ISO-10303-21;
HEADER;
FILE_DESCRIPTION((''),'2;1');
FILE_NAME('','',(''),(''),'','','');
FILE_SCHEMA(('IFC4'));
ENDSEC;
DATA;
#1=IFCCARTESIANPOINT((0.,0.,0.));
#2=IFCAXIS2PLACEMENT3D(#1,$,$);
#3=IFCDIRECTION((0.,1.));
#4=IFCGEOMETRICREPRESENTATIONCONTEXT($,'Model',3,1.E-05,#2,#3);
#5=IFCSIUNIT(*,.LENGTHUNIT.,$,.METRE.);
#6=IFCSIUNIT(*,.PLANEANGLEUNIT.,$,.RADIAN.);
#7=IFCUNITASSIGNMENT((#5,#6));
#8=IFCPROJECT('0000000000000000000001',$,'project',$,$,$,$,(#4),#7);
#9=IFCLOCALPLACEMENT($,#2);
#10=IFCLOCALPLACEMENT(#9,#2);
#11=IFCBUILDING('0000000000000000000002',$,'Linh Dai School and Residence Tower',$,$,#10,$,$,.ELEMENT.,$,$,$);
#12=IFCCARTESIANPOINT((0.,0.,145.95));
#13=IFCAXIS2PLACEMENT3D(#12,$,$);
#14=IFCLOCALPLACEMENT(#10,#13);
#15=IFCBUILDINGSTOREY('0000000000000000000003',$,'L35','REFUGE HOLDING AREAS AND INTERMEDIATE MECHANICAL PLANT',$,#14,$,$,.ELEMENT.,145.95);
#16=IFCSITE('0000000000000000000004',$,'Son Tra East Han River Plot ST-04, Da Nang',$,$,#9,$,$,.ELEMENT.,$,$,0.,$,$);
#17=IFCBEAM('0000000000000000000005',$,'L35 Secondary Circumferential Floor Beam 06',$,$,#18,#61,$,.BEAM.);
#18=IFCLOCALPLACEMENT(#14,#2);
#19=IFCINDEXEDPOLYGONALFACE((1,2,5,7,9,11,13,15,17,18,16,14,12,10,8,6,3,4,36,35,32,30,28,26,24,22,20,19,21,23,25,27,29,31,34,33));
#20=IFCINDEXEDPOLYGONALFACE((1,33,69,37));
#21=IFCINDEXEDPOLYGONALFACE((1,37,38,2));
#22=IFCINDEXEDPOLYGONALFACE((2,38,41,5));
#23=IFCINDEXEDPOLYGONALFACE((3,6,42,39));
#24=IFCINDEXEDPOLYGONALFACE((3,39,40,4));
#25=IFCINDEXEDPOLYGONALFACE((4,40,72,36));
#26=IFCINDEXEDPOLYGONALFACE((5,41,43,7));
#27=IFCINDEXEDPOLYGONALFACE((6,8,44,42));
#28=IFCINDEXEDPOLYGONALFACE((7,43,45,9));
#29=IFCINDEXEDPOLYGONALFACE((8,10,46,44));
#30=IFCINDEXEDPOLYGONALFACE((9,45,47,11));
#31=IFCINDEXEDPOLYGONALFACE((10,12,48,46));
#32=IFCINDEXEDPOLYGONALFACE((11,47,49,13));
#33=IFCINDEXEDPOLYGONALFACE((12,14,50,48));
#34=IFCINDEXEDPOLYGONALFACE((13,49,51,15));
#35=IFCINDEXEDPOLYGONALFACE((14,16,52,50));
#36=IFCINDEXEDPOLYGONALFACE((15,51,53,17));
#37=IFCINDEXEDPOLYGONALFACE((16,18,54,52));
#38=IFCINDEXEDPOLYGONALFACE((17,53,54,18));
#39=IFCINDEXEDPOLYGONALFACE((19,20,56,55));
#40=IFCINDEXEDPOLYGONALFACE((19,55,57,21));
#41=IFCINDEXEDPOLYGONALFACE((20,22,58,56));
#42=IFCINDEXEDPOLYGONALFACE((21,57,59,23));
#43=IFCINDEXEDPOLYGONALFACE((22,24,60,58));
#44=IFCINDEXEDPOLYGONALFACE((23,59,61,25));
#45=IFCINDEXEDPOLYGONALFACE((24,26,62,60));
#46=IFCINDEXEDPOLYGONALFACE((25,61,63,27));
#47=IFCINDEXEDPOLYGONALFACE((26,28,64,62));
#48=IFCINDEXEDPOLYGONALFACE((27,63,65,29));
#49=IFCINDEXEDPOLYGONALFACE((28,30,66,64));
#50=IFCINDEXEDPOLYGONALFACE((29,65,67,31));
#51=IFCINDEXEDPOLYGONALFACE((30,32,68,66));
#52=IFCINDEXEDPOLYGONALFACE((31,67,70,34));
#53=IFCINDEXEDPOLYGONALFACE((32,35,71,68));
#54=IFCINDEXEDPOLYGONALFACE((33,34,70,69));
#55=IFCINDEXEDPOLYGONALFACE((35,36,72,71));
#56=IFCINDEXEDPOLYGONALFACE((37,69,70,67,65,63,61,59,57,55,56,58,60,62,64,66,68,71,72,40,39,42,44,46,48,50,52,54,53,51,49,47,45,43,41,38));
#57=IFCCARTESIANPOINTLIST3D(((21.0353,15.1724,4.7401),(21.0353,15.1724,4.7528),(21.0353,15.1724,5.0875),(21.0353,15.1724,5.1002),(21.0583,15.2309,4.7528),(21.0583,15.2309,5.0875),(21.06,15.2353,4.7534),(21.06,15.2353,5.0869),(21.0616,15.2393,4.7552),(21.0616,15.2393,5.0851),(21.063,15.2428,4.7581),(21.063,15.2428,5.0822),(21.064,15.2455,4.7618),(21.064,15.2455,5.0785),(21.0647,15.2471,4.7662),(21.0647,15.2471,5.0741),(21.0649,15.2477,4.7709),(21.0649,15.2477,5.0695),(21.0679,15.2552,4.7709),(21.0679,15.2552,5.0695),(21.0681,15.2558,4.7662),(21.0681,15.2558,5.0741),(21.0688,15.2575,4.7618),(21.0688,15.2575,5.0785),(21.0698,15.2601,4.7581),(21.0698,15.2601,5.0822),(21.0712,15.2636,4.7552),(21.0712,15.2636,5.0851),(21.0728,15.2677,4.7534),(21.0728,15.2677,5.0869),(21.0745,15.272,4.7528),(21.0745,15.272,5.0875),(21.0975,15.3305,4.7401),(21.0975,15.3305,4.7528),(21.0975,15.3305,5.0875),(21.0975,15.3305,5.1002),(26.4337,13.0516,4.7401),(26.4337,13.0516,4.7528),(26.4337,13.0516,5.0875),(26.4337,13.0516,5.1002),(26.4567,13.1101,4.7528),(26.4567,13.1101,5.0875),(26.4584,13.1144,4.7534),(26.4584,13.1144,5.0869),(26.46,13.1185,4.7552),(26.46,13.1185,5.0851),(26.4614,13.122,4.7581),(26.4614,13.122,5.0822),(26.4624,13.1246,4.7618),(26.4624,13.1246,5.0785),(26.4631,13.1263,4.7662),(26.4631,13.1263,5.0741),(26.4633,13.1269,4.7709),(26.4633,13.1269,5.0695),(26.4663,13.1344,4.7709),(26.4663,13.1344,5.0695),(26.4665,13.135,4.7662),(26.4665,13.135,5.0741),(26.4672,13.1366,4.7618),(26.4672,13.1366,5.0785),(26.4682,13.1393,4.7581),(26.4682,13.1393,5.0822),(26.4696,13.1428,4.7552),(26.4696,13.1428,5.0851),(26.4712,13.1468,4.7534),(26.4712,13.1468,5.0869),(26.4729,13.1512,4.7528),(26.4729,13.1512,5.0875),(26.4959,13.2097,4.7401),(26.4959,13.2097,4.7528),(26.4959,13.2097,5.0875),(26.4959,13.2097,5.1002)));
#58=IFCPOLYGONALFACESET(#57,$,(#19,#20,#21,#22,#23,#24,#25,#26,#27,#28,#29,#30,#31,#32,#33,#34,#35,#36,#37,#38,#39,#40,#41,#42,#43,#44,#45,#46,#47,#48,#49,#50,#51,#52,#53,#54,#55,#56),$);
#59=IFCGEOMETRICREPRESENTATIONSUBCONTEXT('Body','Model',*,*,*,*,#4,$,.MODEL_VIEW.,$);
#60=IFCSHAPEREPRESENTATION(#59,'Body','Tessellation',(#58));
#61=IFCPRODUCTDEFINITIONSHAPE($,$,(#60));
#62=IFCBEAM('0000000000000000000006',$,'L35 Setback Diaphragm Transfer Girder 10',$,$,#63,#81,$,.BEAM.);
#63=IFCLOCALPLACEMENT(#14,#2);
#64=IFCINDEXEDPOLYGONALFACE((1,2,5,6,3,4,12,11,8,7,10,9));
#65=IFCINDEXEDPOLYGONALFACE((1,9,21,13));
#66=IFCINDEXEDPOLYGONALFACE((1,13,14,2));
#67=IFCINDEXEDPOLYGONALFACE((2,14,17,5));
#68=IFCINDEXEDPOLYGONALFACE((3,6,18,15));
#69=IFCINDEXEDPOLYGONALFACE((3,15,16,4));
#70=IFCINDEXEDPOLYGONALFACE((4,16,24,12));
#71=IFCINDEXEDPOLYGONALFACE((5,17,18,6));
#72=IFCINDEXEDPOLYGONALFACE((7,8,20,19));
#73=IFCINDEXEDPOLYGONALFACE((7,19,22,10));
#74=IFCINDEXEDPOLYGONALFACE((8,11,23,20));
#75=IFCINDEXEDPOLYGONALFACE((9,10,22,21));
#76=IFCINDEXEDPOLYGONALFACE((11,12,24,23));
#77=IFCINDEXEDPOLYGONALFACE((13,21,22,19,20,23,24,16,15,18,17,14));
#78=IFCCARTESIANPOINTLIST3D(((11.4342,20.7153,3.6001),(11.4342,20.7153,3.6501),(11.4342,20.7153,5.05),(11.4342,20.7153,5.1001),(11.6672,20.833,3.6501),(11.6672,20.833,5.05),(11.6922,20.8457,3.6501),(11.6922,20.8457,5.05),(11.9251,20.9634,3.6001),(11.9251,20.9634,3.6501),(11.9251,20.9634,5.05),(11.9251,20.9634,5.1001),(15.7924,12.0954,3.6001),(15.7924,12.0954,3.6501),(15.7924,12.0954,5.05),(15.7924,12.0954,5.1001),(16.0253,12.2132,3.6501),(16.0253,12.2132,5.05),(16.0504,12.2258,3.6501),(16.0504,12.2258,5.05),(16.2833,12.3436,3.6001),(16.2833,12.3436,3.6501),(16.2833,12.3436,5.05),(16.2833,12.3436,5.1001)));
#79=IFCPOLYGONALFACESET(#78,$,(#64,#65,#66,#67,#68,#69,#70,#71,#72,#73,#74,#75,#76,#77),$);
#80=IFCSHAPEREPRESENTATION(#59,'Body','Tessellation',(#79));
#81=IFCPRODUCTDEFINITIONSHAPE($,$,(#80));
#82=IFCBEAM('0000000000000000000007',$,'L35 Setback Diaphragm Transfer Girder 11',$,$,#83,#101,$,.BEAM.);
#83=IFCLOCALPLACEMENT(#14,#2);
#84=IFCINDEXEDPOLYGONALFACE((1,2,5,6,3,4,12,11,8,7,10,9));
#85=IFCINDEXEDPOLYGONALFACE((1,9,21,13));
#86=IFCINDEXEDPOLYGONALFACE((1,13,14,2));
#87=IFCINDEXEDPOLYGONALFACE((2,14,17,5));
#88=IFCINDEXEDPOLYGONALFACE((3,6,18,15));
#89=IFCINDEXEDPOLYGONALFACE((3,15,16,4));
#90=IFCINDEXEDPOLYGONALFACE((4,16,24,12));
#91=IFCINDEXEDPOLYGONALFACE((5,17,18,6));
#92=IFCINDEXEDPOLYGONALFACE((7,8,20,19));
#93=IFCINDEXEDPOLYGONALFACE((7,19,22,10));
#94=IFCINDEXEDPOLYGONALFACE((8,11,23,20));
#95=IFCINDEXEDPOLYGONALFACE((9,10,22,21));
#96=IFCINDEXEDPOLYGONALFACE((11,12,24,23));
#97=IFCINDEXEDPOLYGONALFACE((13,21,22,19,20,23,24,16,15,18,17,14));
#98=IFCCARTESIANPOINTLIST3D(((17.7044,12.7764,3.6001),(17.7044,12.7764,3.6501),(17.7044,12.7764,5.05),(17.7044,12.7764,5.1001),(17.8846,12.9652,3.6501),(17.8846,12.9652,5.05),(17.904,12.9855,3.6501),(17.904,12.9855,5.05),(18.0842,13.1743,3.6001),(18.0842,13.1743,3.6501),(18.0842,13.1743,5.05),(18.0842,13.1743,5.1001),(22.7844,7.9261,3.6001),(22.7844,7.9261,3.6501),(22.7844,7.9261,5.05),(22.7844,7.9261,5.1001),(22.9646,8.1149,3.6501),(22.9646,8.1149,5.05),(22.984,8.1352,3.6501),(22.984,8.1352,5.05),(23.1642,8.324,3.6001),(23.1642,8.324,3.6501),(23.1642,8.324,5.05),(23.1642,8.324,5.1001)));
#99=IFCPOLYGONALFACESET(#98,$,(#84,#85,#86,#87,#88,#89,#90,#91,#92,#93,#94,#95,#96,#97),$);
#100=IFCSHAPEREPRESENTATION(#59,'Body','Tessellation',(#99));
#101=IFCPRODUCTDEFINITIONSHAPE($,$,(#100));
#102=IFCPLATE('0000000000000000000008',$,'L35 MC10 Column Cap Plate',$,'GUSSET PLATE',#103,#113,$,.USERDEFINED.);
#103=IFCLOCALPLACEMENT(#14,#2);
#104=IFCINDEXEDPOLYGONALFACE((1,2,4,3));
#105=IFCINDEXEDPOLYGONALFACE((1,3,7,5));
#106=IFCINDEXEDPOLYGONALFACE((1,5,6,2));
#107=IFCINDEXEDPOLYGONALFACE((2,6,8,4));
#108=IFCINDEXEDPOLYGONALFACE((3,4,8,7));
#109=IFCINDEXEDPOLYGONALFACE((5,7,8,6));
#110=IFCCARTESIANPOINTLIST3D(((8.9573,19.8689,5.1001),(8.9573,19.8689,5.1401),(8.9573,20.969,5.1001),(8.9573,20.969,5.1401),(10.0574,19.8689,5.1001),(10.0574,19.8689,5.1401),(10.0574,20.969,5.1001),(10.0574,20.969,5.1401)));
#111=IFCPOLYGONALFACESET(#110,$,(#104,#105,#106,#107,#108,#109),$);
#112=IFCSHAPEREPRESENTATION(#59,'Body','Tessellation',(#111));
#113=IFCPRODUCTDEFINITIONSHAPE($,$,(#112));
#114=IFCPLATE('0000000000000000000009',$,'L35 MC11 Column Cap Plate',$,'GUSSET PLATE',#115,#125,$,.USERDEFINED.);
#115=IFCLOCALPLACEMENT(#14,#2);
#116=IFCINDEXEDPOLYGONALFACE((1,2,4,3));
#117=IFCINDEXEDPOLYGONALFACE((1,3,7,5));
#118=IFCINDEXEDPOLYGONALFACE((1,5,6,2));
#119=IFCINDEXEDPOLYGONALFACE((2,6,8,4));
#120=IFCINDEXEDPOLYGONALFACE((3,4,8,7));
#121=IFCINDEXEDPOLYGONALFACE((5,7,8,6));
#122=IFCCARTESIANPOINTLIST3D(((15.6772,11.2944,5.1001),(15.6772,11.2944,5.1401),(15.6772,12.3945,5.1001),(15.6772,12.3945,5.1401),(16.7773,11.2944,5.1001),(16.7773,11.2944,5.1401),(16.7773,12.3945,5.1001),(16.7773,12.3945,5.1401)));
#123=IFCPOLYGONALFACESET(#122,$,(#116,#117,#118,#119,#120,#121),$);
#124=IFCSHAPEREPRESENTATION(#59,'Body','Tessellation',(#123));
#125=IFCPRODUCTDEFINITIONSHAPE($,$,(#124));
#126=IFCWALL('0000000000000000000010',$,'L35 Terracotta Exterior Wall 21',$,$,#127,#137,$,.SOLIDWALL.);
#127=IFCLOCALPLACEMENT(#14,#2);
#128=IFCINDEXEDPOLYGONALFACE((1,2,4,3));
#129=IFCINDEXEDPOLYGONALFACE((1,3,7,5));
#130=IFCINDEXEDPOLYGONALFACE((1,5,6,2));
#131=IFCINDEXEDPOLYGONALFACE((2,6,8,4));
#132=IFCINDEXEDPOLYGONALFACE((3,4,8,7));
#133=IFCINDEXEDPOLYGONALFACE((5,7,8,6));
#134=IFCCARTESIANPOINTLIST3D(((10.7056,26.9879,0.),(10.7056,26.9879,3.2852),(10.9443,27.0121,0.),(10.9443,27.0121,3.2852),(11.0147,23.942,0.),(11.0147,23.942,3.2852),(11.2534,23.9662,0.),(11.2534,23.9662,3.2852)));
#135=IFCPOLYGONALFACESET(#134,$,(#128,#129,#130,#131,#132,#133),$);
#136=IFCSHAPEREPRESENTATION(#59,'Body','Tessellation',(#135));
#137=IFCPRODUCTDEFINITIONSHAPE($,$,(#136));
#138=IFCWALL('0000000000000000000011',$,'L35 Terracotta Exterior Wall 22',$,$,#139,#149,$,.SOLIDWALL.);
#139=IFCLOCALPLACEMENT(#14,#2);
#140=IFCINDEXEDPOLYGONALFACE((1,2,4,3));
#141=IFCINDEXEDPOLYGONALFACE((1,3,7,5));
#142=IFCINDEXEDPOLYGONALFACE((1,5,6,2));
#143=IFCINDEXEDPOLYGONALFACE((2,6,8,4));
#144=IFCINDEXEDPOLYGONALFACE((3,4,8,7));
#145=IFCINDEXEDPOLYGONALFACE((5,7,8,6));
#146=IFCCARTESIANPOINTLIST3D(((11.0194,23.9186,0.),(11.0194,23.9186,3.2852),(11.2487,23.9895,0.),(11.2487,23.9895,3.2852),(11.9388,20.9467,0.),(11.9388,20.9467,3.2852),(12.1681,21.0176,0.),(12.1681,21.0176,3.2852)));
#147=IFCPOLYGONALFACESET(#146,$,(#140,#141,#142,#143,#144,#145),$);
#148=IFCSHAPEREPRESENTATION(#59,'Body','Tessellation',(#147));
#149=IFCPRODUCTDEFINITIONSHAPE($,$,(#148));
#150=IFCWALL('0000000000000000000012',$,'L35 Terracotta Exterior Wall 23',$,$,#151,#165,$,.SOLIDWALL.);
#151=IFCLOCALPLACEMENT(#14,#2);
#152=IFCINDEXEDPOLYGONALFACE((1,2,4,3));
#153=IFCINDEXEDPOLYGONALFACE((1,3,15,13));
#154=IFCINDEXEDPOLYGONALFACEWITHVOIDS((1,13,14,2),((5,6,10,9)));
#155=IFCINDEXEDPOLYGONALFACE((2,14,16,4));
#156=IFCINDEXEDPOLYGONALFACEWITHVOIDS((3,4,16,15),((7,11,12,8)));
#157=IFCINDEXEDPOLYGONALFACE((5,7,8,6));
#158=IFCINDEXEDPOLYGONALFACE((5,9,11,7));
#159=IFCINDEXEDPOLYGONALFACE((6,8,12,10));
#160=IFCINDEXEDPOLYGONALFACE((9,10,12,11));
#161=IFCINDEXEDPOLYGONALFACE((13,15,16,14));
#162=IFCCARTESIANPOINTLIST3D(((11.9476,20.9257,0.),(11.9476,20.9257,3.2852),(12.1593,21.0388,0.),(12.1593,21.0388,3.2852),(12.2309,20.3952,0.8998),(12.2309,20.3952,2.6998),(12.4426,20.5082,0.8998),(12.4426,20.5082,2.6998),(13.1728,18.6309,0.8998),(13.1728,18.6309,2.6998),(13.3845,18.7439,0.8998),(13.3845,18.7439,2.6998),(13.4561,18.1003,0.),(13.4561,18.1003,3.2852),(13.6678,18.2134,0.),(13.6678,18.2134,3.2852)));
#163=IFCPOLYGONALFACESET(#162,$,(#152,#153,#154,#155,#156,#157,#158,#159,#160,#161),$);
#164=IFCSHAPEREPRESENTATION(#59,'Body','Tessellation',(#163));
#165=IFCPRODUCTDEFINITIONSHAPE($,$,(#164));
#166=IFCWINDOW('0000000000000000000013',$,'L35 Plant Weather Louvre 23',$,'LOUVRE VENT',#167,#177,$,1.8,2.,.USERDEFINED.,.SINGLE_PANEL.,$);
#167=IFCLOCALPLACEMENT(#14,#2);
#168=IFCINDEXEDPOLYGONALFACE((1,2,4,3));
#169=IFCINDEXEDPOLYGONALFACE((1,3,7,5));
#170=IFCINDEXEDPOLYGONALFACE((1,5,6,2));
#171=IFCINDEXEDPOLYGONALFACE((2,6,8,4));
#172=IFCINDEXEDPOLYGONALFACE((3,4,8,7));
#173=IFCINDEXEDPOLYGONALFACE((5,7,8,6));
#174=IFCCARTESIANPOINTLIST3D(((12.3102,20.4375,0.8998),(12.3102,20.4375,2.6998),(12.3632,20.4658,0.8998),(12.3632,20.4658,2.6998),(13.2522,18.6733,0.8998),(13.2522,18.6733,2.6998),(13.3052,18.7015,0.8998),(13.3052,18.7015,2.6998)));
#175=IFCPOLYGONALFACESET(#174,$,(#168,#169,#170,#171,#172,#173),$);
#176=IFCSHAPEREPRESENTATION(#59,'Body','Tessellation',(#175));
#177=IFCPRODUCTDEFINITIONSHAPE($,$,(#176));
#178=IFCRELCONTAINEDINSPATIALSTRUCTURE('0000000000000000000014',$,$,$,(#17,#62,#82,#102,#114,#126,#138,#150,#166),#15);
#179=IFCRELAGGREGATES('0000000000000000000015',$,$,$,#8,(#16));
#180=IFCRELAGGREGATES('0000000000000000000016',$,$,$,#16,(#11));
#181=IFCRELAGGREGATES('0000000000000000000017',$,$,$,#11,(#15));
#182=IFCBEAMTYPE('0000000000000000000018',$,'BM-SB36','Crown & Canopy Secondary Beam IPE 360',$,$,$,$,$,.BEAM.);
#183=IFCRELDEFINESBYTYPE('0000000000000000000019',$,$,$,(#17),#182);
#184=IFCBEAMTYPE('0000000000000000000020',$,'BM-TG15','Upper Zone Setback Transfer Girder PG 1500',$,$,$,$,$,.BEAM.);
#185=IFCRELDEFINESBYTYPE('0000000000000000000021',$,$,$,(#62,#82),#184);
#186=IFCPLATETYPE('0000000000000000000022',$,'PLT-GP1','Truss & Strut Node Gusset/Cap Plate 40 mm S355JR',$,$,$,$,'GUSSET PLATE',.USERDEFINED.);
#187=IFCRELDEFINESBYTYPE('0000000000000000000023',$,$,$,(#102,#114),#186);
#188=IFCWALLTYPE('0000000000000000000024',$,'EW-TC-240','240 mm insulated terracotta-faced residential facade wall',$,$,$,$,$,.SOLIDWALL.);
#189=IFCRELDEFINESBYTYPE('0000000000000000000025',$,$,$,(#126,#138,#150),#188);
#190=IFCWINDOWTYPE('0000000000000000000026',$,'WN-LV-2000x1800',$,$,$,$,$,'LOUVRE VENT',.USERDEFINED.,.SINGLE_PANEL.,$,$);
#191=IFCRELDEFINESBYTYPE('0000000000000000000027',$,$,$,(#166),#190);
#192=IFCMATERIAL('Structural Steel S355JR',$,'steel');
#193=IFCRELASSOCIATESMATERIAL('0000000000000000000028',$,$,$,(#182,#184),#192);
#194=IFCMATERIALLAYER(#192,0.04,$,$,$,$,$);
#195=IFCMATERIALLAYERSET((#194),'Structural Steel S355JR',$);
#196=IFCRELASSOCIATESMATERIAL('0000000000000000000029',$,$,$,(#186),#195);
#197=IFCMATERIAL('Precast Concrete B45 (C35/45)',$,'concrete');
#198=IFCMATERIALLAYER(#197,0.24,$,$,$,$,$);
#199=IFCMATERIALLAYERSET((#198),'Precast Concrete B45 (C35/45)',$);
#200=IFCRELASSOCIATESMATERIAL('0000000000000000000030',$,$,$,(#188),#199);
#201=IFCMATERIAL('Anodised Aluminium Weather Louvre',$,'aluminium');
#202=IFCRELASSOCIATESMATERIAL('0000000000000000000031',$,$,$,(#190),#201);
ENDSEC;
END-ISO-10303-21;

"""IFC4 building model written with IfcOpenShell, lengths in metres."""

from ifc_helpers import new_model, si_unit, direction, frame, frame_2d, origin, origin_2d, place, context, subcontext, project, spatial, rectangle, i_section, extrude, source, transform, mapped, material, layer, layer_set, material_profile, profile_set, type_object, element, fill, save


model = new_model("IFC4")

# Units and contexts
model_context = context("Model", 3, precision=1e-05, world=origin(), true_north=direction((0.0, 1.0)))
body_context = subcontext(model_context, "Body", "Model", "MODEL_VIEW")
ifc_project = project(units=[si_unit("LENGTHUNIT", "METRE"), si_unit("PLANEANGLEUNIT", "RADIAN")], contexts=[model_context])

# Site, building, storey
site_placement = place(None, origin())
site = spatial("IfcSite", under=ifc_project, at=site_placement, Name="Son Tra East Han River Plot ST-04, Da Nang", CompositionType="ELEMENT", RefElevation=0.0)
building_placement = place(site_placement, origin())
building = spatial("IfcBuilding", under=site, at=building_placement, Name="Linh Dai School and Residence Tower", CompositionType="ELEMENT")
storey_placement = place(building_placement, frame((0.0, 0.0, 145.95)))
storey = spatial("IfcBuildingStorey", under=building, at=storey_placement, Name="L35", Description="REFUGE HOLDING AREAS AND INTERMEDIATE MECHANICAL PLANT", CompositionType="ELEMENT", Elevation=145.95)

# Shared definitions
ifc_material_1 = material(Name="Structural Steel S355JR", Category="steel")

# Beams
ifc_material_profile_1 = material_profile(ifc_material_1, i_section(OverallWidth=0.1699, OverallDepth=0.3601, WebThickness=0.0081, FlangeThickness=0.0127, FilletRadius=0.0181, at=origin_2d()), Name="IPE 360")
ifc_profile_set_1 = profile_set([ifc_material_profile_1], Name="Structural Steel S355JR")
beam_type_1 = type_object("IfcBeamType", Name="BM-SB36", Description="Crown & Canopy Secondary Beam IPE 360", PredefinedType="BEAM", material=ifc_profile_set_1)
beam_1_placement = place(storey_placement, frame((21.0664, 15.2515, 4.9202), z_axis=(0.930749, -0.365658, 0.0), x_axis=(0.365658, 0.930749, 0.0)))
element("IfcBeam", 1, at=beam_1_placement, inside=storey, type_object=beam_type_1, Name="L35 Secondary Circumferential Floor Beam 06", PredefinedType="BEAM", context=body_context, shape_type="SweptSolid", body=[
    extrude(i_section(OverallWidth=0.1699, OverallDepth=0.3601, WebThickness=0.0081, FlangeThickness=0.0127, FilletRadius=0.0181, at=origin_2d()), origin(), (0.0, 0.0, 1.0), 5.8),
])
ifc_material_profile_2 = material_profile(ifc_material_1, i_section(OverallWidth=0.55, OverallDepth=1.5, WebThickness=0.0281, FlangeThickness=0.05, at=origin_2d()), Name="PG 1500x550x28x50")
ifc_profile_set_2 = profile_set([ifc_material_profile_2], Name="Structural Steel S355JR")
beam_type_2 = type_object("IfcBeamType", Name="BM-TG15", Description="Upper Zone Setback Transfer Girder PG 1500", PredefinedType="BEAM", material=ifc_profile_set_2)
beam_2_placement = place(storey_placement, frame((11.6797, 20.8394, 4.3501), z_axis=(0.451203, -0.892421, 0.0), x_axis=(0.892421, 0.451203, 0.0)))
element("IfcBeam", 2, at=beam_2_placement, inside=storey, type_object=beam_type_2, Name="L35 Setback Diaphragm Transfer Girder 10", PredefinedType="BEAM", context=body_context, shape_type="SweptSolid", body=[
    extrude(i_section(OverallWidth=0.55, OverallDepth=1.5, WebThickness=0.0281, FlangeThickness=0.05, at=origin_2d()), origin(), (0.0, 0.0, 1.0), 9.6589),
])
beam_3_placement = place(storey_placement, frame((17.8943, 12.9753, 4.3501), z_axis=(0.723272, -0.690563, 0.0), x_axis=(0.690563, 0.723272, 0.0)))
element("IfcBeam", 3, at=beam_3_placement, inside=storey, type_object=beam_type_2, Name="L35 Setback Diaphragm Transfer Girder 11", PredefinedType="BEAM", context=body_context, shape_type="SweptSolid", body=[
    extrude(i_section(OverallWidth=0.55, OverallDepth=1.5, WebThickness=0.0281, FlangeThickness=0.05, at=origin_2d()), origin(), (0.0, 0.0, 1.0), 7.0237),
])

# Plates
ifc_layer_1 = layer(ifc_material_1, 0.04)
ifc_layer_set_1 = layer_set([ifc_layer_1], Name="Structural Steel S355JR")
plate_type = type_object("IfcPlateType", Name="PLT-GP1", Description="Truss & Strut Node Gusset/Cap Plate 40 mm S355JR", ElementType="GUSSET PLATE", PredefinedType="USERDEFINED", material=ifc_layer_set_1)
shared_shape_1 = source(origin(), body_context, "Body", "SweptSolid", [
    extrude(rectangle(XDim=1.1001, YDim=1.1001, at=origin_2d()), origin(), (0.0, 0.0, 1.0), 0.04),
])
for number, where, z_axis, x_axis, name in (
    (4, (9.5073, 20.4189, 5.1001), (0.0, 0.0, 1.0), (1.0, 0.0, 0.0), "L35 MC10 Column Cap Plate"),
    (5, (16.2273, 11.8445, 5.1001), (0.0, 0.0, 1.0), (1.0, 0.0, 0.0), "L35 MC11 Column Cap Plate"),
):
    element("IfcPlate", number, at=place(storey_placement, frame(where, z_axis=z_axis, x_axis=x_axis)), inside=storey, type_object=plate_type, Name=name, ObjectType="GUSSET PLATE", PredefinedType="USERDEFINED", context=body_context, shape_type="MappedRepresentation", body=[
        mapped(shared_shape_1, transform((0.0, 0.0, 0.0), x_axis=(1.0, 0.0, 0.0), y_axis=(0.0, 1.0, 0.0), z_axis=(0.0, 0.0, 1.0), scale=1.0)),
    ])

# Walls
ifc_material_2 = material(Name="Precast Concrete B45 (C35/45)", Category="concrete")
ifc_layer_2 = layer(ifc_material_2, 0.24)
ifc_layer_set_2 = layer_set([ifc_layer_2], Name="Precast Concrete B45 (C35/45)")
wall_type_1 = type_object("IfcWallType", Name="EW-TC-240", Description="240 mm insulated terracotta-faced residential facade wall", PredefinedType="SOLIDWALL", material=ifc_layer_set_2)
wall_1_placement = place(storey_placement, frame((11.134, 23.9541, 0.0), z_axis=(0.0, 0.0, 1.0), x_axis=(-0.100956, 0.994891, 0.0)))
element("IfcWall", 6, at=wall_1_placement, inside=storey, type_object=wall_type_1, Name="L35 Terracotta Exterior Wall 21", PredefinedType="SOLIDWALL", context=body_context, shape_type="SweptSolid", body=[
    extrude(rectangle(XDim=3.0615, YDim=0.24, at=frame_2d((1.5308, 0.0))), origin(), (0.0, 0.0, 1.0), 3.2852),
])
wall_2_placement = place(storey_placement, frame((12.0535, 20.9822, 0.0), z_axis=(0.0, 0.0, 1.0), x_axis=(-0.295552, 0.955327, 0.0)))
element("IfcWall", 7, at=wall_2_placement, inside=storey, type_object=wall_type_1, Name="L35 Terracotta Exterior Wall 22", PredefinedType="SOLIDWALL", context=body_context, shape_type="SweptSolid", body=[
    extrude(rectangle(XDim=3.1108, YDim=0.24, at=frame_2d((1.5554, 0.0))), origin(), (0.0, 0.0, 1.0), 3.2852),
])

# Wall, opening, window
wall_3_placement = place(storey_placement, frame((13.562, 18.1567, 0.0), z_axis=(0.0, 0.0, 1.0), x_axis=(-0.470988, 0.88214, 0.0)))
wall_3 = element("IfcWall", 8, at=wall_3_placement, inside=storey, type_object=wall_type_1, Name="L35 Terracotta Exterior Wall 23", PredefinedType="SOLIDWALL", context=body_context, shape_type="SweptSolid", body=[
    extrude(rectangle(XDim=3.2029, YDim=0.24, at=frame_2d((1.6016, 0.0))), origin(), (0.0, 0.0, 1.0), 3.2852),
])
opening_1_placement = place(wall_3_placement, frame((0.6016, 0.0, 0.8999)))
opening_1 = element("IfcOpeningElement", 9, at=opening_1_placement, cuts=wall_3, PredefinedType="OPENING", context=body_context, shape_type="SweptSolid", body=[
    extrude(rectangle(XDim=2.0, YDim=1.8, at=origin_2d()), frame((1.0, 0.1299, 0.8999), z_axis=(0.0, -1.0, 0.0), x_axis=(1.0, 0.0, 0.0)), (0.0, 0.0, 1.0), 0.26),
])
ifc_material_3 = material(Name="Anodised Aluminium Weather Louvre", Category="aluminium")
window_type = type_object("IfcWindowType", Name="WN-LV-2000x1800", ElementType="LOUVRE VENT", PartitioningType="SINGLE_PANEL", PredefinedType="USERDEFINED", material=ifc_material_3)
shared_shape_2 = source(origin(), body_context, "Body", "SweptSolid", [
    extrude(rectangle(XDim=2.0, YDim=1.8, at=origin_2d()), frame((1.0, 0.03, 0.8999), z_axis=(0.0, -1.0, 0.0), x_axis=(1.0, 0.0, 0.0)), (0.0, 0.0, 1.0), 0.0601),
])
window_placement = place(opening_1_placement, origin())
window = element("IfcWindow", 10, at=window_placement, inside=storey, type_object=window_type, Name="L35 Plant Weather Louvre 23", ObjectType="LOUVRE VENT", OverallHeight=1.8, OverallWidth=2.0, PartitioningType="SINGLE_PANEL", PredefinedType="USERDEFINED", context=body_context, shape_type="MappedRepresentation", body=[
    mapped(shared_shape_2, transform((0.0, 0.0, 0.0), x_axis=(1.0, 0.0, 0.0), y_axis=(0.0, 1.0, 0.0), z_axis=(0.0, 0.0, 1.0), scale=1.0)),
])
fill(opening_1, window)

save(model, "model.ifc")
